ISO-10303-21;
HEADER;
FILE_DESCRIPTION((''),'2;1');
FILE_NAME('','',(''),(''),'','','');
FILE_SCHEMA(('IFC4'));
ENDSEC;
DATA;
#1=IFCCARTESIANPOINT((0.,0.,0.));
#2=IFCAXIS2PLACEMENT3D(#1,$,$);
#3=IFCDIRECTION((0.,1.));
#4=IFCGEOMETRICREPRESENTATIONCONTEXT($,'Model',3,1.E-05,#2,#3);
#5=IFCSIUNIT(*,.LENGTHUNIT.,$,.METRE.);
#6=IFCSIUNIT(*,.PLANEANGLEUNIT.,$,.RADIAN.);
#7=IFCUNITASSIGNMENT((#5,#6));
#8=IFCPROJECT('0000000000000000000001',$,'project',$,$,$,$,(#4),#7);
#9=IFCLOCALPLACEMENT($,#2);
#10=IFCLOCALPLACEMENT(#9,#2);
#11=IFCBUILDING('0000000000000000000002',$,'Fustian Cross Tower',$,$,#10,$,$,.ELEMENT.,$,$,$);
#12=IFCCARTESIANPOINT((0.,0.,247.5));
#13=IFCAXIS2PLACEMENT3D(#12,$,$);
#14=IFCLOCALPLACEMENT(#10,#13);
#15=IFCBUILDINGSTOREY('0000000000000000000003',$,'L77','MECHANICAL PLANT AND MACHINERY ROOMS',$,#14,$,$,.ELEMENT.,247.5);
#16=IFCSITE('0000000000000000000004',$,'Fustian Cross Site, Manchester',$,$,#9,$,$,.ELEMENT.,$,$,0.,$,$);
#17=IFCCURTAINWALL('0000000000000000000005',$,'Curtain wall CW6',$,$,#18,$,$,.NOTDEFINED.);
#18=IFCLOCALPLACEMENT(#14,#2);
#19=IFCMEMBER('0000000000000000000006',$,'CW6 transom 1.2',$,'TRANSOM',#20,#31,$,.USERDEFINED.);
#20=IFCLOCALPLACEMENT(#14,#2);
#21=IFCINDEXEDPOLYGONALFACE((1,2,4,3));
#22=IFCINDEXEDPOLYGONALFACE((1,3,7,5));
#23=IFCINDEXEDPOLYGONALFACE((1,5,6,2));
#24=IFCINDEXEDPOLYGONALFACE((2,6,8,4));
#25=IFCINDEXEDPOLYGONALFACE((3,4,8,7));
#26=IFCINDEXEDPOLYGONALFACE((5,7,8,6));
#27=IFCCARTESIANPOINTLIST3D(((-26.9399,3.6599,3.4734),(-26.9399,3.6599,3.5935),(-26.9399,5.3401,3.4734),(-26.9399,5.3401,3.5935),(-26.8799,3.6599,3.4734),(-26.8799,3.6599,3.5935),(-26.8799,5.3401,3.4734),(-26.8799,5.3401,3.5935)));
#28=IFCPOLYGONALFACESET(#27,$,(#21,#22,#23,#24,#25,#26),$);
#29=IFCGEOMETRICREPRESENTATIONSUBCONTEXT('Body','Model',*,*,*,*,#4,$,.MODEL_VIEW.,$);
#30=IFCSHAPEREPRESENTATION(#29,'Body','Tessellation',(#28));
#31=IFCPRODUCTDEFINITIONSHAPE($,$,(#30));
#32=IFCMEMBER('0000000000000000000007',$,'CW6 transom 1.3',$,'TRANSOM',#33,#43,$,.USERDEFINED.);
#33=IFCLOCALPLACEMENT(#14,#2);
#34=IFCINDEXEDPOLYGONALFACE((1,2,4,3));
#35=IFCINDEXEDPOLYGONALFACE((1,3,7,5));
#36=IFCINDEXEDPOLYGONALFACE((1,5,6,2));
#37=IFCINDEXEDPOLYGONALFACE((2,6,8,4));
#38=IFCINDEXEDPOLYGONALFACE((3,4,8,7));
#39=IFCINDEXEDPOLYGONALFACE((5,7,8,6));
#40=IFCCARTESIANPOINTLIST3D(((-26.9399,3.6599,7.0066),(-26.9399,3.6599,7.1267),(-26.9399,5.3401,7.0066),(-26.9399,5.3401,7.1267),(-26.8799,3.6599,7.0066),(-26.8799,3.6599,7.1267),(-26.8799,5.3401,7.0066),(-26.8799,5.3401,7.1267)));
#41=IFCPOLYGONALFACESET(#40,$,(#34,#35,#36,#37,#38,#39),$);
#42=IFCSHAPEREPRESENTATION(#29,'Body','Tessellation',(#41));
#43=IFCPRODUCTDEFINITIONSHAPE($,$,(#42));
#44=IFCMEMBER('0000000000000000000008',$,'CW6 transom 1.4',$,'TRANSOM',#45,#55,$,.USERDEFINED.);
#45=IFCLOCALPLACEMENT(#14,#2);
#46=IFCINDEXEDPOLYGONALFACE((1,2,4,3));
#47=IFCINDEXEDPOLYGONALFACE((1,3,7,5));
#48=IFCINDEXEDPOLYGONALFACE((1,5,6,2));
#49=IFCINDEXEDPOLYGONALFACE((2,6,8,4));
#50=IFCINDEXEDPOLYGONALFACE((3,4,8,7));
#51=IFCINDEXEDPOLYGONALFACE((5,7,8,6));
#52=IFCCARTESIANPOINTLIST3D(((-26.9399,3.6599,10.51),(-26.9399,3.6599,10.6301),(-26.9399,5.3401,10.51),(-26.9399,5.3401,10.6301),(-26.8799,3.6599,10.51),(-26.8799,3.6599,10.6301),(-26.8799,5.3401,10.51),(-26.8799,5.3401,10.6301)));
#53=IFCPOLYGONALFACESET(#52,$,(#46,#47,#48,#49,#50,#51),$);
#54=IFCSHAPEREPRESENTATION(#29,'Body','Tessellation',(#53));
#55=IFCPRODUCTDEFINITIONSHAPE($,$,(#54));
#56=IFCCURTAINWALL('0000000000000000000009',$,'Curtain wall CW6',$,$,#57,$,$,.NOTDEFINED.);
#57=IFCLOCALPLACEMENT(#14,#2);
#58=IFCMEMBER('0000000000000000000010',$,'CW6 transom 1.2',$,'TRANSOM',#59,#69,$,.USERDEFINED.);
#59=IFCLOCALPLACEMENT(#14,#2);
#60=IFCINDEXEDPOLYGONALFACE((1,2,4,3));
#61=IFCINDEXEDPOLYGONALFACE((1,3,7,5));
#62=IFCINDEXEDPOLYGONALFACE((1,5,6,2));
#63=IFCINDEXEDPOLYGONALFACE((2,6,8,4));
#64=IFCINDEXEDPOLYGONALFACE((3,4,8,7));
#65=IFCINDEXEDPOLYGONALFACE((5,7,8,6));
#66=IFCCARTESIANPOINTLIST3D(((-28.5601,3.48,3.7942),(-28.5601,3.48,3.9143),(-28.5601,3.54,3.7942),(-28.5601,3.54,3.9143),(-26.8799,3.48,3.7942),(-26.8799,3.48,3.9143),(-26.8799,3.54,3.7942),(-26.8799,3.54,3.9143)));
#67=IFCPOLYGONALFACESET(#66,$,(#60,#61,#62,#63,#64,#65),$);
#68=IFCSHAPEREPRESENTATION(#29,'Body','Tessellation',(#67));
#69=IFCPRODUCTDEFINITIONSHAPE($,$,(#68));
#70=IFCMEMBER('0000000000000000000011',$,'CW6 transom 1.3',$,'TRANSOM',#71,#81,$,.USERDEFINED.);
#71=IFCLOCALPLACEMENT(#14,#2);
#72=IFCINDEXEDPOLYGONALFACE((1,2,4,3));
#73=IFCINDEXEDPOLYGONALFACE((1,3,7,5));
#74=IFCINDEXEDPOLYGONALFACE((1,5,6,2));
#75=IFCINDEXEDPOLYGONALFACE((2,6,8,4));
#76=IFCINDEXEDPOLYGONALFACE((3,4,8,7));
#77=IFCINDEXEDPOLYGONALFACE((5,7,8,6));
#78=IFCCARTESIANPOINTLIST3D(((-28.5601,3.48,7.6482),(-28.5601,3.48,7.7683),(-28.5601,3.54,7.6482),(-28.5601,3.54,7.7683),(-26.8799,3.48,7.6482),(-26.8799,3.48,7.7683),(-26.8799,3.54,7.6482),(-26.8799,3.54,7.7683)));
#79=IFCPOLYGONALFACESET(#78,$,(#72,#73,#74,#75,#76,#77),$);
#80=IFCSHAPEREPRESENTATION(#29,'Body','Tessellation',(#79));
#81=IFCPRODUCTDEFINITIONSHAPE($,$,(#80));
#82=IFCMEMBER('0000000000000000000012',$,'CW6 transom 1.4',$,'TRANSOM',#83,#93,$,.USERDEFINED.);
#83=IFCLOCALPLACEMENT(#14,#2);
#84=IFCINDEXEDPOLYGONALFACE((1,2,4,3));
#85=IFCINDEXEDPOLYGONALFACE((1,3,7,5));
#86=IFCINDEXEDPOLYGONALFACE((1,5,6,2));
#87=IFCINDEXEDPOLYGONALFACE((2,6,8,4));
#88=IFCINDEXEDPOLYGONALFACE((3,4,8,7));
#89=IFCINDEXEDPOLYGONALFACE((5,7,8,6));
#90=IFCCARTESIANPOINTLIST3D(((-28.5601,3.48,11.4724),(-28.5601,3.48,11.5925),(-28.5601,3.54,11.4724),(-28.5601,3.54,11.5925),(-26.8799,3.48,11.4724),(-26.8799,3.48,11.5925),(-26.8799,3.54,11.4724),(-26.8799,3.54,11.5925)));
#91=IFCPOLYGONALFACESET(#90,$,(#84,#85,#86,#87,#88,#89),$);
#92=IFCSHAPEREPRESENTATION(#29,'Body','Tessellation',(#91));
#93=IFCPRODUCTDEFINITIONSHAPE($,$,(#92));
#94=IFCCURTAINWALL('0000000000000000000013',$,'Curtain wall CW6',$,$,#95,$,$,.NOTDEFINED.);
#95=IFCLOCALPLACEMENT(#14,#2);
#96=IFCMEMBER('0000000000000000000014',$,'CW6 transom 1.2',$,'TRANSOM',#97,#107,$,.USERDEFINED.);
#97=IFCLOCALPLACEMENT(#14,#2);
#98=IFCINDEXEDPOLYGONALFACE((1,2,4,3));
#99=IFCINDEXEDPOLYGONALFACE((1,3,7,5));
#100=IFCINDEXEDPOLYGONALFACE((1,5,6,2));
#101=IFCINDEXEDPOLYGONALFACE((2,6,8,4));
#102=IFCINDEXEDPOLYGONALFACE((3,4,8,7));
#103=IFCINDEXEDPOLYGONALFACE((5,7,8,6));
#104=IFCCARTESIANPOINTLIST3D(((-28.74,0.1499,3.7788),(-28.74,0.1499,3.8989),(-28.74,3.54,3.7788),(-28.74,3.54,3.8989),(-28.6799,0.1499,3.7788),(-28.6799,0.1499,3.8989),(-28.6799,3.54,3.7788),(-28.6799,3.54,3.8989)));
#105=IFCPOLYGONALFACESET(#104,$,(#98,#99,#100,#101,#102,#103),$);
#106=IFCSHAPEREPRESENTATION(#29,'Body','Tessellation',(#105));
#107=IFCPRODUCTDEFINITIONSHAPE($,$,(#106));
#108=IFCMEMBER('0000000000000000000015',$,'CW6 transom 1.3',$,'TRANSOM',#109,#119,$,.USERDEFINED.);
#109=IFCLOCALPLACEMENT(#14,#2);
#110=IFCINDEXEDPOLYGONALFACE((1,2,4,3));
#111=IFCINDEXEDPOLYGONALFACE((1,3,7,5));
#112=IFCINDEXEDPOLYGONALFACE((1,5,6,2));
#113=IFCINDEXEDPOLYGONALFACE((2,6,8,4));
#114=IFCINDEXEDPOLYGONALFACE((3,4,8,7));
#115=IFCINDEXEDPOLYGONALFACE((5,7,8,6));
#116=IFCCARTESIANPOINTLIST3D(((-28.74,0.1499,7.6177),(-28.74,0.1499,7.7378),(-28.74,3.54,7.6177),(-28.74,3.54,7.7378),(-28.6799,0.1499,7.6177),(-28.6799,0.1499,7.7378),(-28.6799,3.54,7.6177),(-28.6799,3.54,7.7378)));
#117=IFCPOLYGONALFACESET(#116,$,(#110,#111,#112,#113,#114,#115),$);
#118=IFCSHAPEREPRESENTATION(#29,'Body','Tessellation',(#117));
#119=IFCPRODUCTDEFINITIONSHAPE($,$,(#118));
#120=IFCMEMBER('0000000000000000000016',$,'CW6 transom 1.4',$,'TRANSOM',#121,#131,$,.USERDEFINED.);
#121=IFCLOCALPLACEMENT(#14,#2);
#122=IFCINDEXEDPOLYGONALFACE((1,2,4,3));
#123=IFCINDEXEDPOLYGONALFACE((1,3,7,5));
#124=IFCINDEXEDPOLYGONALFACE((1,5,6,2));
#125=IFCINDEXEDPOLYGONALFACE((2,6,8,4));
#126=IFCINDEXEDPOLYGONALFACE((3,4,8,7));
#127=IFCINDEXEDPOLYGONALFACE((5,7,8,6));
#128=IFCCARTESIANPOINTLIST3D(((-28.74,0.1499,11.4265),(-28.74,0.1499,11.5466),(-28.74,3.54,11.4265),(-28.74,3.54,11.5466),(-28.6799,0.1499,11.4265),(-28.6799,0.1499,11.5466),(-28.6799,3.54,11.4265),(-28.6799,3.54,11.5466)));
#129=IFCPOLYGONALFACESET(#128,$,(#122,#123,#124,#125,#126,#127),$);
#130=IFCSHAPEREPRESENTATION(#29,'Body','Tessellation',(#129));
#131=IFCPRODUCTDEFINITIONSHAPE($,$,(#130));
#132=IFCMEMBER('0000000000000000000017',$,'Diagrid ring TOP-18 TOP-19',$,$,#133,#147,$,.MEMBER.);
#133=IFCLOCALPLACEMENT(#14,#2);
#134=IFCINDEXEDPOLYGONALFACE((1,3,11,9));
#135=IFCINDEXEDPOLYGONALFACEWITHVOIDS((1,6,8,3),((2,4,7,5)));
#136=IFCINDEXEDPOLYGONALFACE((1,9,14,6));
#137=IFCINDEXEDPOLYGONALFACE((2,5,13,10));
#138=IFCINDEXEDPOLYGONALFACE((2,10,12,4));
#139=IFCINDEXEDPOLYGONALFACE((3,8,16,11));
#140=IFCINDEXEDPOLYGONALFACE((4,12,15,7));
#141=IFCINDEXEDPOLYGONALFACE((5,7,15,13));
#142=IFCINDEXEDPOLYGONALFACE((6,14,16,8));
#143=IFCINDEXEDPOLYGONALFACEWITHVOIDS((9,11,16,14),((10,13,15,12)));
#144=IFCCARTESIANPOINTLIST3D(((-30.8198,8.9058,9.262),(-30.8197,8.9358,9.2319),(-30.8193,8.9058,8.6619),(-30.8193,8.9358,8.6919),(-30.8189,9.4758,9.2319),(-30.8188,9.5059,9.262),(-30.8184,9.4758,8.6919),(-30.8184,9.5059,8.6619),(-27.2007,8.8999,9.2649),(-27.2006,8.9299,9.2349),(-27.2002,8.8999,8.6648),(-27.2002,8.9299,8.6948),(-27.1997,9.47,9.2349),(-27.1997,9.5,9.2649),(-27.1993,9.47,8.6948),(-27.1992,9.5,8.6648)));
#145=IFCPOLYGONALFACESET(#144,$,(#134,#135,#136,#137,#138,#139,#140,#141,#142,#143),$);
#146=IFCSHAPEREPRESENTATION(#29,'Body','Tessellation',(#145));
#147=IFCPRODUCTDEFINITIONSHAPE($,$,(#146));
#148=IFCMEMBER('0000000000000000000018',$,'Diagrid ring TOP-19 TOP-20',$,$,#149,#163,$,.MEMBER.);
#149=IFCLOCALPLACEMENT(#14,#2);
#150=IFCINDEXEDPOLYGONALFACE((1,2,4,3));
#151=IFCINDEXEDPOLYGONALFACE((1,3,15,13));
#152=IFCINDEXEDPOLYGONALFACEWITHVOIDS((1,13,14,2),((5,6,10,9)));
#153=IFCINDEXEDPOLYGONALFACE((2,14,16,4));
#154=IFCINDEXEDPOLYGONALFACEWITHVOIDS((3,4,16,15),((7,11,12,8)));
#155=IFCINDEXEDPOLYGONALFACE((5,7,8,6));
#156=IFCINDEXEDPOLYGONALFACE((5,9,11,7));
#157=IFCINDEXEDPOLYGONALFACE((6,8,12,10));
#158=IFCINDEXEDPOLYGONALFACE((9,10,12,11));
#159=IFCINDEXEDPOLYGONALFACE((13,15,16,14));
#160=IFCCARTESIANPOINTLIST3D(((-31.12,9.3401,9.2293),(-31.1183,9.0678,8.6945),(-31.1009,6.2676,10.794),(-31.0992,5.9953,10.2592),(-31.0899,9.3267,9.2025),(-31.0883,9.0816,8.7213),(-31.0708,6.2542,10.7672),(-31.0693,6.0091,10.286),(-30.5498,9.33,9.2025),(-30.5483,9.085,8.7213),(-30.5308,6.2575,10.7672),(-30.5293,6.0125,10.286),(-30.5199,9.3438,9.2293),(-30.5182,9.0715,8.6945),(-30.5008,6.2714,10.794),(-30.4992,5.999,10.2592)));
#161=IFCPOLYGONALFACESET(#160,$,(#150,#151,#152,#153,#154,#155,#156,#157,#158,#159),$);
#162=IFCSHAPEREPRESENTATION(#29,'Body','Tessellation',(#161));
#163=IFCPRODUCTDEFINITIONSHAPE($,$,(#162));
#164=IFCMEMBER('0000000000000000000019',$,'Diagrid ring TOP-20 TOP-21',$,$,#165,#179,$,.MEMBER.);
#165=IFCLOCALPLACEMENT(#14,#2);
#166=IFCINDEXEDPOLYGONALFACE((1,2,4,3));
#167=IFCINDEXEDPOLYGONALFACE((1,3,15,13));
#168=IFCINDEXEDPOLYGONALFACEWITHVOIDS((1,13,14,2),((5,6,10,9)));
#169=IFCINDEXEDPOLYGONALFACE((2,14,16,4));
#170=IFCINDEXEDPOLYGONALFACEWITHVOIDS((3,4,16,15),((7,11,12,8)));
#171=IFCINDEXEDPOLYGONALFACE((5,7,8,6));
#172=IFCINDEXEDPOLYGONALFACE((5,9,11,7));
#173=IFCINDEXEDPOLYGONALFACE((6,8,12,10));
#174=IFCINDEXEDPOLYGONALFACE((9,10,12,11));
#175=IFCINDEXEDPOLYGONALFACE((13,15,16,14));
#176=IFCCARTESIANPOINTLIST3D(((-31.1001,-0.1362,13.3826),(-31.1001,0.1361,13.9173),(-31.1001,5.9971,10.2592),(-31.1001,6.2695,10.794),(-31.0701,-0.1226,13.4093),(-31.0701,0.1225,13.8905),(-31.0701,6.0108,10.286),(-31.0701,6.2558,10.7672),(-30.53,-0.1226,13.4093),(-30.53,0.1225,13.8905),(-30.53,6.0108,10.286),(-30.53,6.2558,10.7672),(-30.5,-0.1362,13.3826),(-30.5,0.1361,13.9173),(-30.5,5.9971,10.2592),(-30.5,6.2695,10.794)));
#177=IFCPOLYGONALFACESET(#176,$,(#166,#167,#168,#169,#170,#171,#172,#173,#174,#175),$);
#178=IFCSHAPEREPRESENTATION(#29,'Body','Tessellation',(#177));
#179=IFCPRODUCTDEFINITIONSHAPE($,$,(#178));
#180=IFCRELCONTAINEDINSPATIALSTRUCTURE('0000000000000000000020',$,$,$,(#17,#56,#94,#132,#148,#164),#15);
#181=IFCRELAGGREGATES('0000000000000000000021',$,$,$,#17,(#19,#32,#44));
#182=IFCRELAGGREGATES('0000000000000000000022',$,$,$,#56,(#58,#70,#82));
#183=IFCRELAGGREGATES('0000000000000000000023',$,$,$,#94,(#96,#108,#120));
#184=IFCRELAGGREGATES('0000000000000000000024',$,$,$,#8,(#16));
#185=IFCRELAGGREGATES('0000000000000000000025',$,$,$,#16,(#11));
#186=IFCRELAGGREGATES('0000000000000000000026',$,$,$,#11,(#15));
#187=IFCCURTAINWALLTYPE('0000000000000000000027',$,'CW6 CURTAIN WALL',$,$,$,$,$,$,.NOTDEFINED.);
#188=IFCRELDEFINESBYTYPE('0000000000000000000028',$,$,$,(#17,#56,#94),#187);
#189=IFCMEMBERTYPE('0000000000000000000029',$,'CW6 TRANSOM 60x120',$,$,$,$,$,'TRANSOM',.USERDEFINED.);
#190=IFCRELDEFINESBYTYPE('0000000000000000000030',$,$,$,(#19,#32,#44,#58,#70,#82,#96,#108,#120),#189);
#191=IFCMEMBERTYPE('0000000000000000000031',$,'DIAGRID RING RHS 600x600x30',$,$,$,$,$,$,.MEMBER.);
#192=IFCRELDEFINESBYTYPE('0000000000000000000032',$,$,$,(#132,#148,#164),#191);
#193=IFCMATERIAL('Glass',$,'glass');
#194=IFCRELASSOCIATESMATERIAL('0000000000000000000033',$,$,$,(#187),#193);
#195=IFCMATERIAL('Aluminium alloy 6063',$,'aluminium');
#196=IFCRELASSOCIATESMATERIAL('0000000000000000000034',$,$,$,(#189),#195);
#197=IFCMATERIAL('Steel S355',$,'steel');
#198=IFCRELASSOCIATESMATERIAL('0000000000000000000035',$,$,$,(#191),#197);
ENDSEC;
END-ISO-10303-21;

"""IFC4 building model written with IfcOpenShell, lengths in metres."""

from ifc_helpers import new_model, si_unit, direction, frame, origin, origin_2d, place, context, subcontext, project, spatial, rectangle, hollow_rectangle, extrude, material, material_profile, profile_set, type_object, element, aggregate, save


model = new_model("IFC4")

# Units and contexts
model_context = context("Model", 3, precision=1e-05, world=origin(), true_north=direction((0.0, 1.0)))
body_context = subcontext(model_context, "Body", "Model", "MODEL_VIEW")
ifc_project = project(units=[si_unit("LENGTHUNIT", "METRE"), si_unit("PLANEANGLEUNIT", "RADIAN")], contexts=[model_context])

# Site, building, storey
site_placement = place(None, origin())
site = spatial("IfcSite", under=ifc_project, at=site_placement, Name="Fustian Cross Site, Manchester", CompositionType="ELEMENT", RefElevation=0.0)
building_placement = place(site_placement, origin())
building = spatial("IfcBuilding", under=site, at=building_placement, Name="Fustian Cross Tower", CompositionType="ELEMENT")
storey_placement = place(building_placement, frame((0.0, 0.0, 247.5)))
storey = spatial("IfcBuildingStorey", under=building, at=storey_placement, Name="L77", Description="MECHANICAL PLANT AND MACHINERY ROOMS", CompositionType="ELEMENT", Elevation=247.5)

# Curtain walls, members
ifc_material_1 = material(Name="Glass", Category="glass")
curtain_wall_type = type_object("IfcCurtainWallType", Name="CW6 CURTAIN WALL", PredefinedType="NOTDEFINED", material=ifc_material_1)
curtain_wall_1_placement = place(storey_placement, origin())
curtain_wall_1 = element("IfcCurtainWall", 1, at=curtain_wall_1_placement, inside=storey, type_object=curtain_wall_type, Name="Curtain wall CW6", PredefinedType="NOTDEFINED")
ifc_material_2 = material(Name="Aluminium alloy 6063", Category="aluminium")
ifc_material_profile_1 = material_profile(ifc_material_2, rectangle(XDim=0.0601, YDim=0.1201, at=origin_2d()), Name="CW6 TRANSOM 60x120")
ifc_profile_set_1 = profile_set([ifc_material_profile_1], Name="Aluminium alloy 6063")
member_type_1 = type_object("IfcMemberType", Name="CW6 TRANSOM 60x120", ElementType="TRANSOM", PredefinedType="USERDEFINED", material=ifc_profile_set_1)
member_1_placement = place(storey_placement, frame((-26.9099, 5.3401, 3.5334), z_axis=(0.0, -1.0, 0.0), x_axis=(1.0, 0.0, 0.0)))
member_1 = element("IfcMember", 2, at=member_1_placement, type_object=member_type_1, Name="CW6 transom 1.2", ObjectType="TRANSOM", PredefinedType="USERDEFINED", context=body_context, shape_type="SweptSolid", body=[
    extrude(rectangle(XDim=0.0601, YDim=0.1201, at=origin_2d()), origin(), (0.0, 0.0, 1.0), 1.6802),
])
member_2_placement = place(storey_placement, frame((-26.9099, 5.3401, 7.0667), z_axis=(0.0, -1.0, 0.0), x_axis=(1.0, 0.0, 0.0)))
member_2 = element("IfcMember", 3, at=member_2_placement, type_object=member_type_1, Name="CW6 transom 1.3", ObjectType="TRANSOM", PredefinedType="USERDEFINED", context=body_context, shape_type="SweptSolid", body=[
    extrude(rectangle(XDim=0.0601, YDim=0.1201, at=origin_2d()), origin(), (0.0, 0.0, 1.0), 1.6802),
])
member_3_placement = place(storey_placement, frame((-26.9099, 5.3401, 10.5701), z_axis=(0.0, -1.0, 0.0), x_axis=(1.0, 0.0, 0.0)))
member_3 = element("IfcMember", 4, at=member_3_placement, type_object=member_type_1, Name="CW6 transom 1.4", ObjectType="TRANSOM", PredefinedType="USERDEFINED", context=body_context, shape_type="SweptSolid", body=[
    extrude(rectangle(XDim=0.0601, YDim=0.1201, at=origin_2d()), origin(), (0.0, 0.0, 1.0), 1.6802),
])
curtain_wall_2_placement = place(storey_placement, origin())
curtain_wall_2 = element("IfcCurtainWall", 5, at=curtain_wall_2_placement, inside=storey, type_object=curtain_wall_type, Name="Curtain wall CW6", PredefinedType="NOTDEFINED")
member_4_placement = place(storey_placement, frame((-26.8799, 3.51, 3.8542), z_axis=(-1.0, 0.0, 0.0), x_axis=(0.0, -1.0, 0.0)))
member_4 = element("IfcMember", 6, at=member_4_placement, type_object=member_type_1, Name="CW6 transom 1.2", ObjectType="TRANSOM", PredefinedType="USERDEFINED", context=body_context, shape_type="SweptSolid", body=[
    extrude(rectangle(XDim=0.0601, YDim=0.1201, at=origin_2d()), origin(), (0.0, 0.0, 1.0), 1.6802),
])
member_5_placement = place(storey_placement, frame((-26.8799, 3.51, 7.7083), z_axis=(-1.0, 0.0, 0.0), x_axis=(0.0, -1.0, 0.0)))
member_5 = element("IfcMember", 7, at=member_5_placement, type_object=member_type_1, Name="CW6 transom 1.3", ObjectType="TRANSOM", PredefinedType="USERDEFINED", context=body_context, shape_type="SweptSolid", body=[
    extrude(rectangle(XDim=0.0601, YDim=0.1201, at=origin_2d()), origin(), (0.0, 0.0, 1.0), 1.6802),
])
member_6_placement = place(storey_placement, frame((-26.8799, 3.51, 11.5325), z_axis=(-1.0, 0.0, 0.0), x_axis=(0.0, -1.0, 0.0)))
member_6 = element("IfcMember", 8, at=member_6_placement, type_object=member_type_1, Name="CW6 transom 1.4", ObjectType="TRANSOM", PredefinedType="USERDEFINED", context=body_context, shape_type="SweptSolid", body=[
    extrude(rectangle(XDim=0.0601, YDim=0.1201, at=origin_2d()), origin(), (0.0, 0.0, 1.0), 1.6802),
])
curtain_wall_3_placement = place(storey_placement, origin())
curtain_wall_3 = element("IfcCurtainWall", 9, at=curtain_wall_3_placement, inside=storey, type_object=curtain_wall_type, Name="Curtain wall CW6", PredefinedType="NOTDEFINED")
member_7_placement = place(storey_placement, frame((-28.71, 3.54, 3.8389), z_axis=(0.0, -1.0, 0.0), x_axis=(1.0, 0.0, 0.0)))
member_7 = element("IfcMember", 10, at=member_7_placement, type_object=member_type_1, Name="CW6 transom 1.2", ObjectType="TRANSOM", PredefinedType="USERDEFINED", context=body_context, shape_type="SweptSolid", body=[
    extrude(rectangle(XDim=0.0601, YDim=0.1201, at=origin_2d()), origin(), (0.0, 0.0, 1.0), 3.3901),
])
member_8_placement = place(storey_placement, frame((-28.71, 3.54, 7.6777), z_axis=(0.0, -1.0, 0.0), x_axis=(1.0, 0.0, 0.0)))
member_8 = element("IfcMember", 11, at=member_8_placement, type_object=member_type_1, Name="CW6 transom 1.3", ObjectType="TRANSOM", PredefinedType="USERDEFINED", context=body_context, shape_type="SweptSolid", body=[
    extrude(rectangle(XDim=0.0601, YDim=0.1201, at=origin_2d()), origin(), (0.0, 0.0, 1.0), 3.3901),
])
member_9_placement = place(storey_placement, frame((-28.71, 3.54, 11.4866), z_axis=(0.0, -1.0, 0.0), x_axis=(1.0, 0.0, 0.0)))
member_9 = element("IfcMember", 12, at=member_9_placement, type_object=member_type_1, Name="CW6 transom 1.4", ObjectType="TRANSOM", PredefinedType="USERDEFINED", context=body_context, shape_type="SweptSolid", body=[
    extrude(rectangle(XDim=0.0601, YDim=0.1201, at=origin_2d()), origin(), (0.0, 0.0, 1.0), 3.3901),
])

# Members
ifc_material_3 = material(Name="Steel S355", Category="steel")
ifc_material_profile_2 = material_profile(ifc_material_3, hollow_rectangle(XDim=0.6001, YDim=0.6001, WallThickness=0.03, at=origin_2d()), Name="RHS 600x600x30")
ifc_profile_set_2 = profile_set([ifc_material_profile_2], Name="Steel S355")
member_type_2 = type_object("IfcMemberType", Name="DIAGRID RING RHS 600x600x30", PredefinedType="MEMBER", material=ifc_profile_set_2)
member_10_placement = place(storey_placement, frame((-27.2, 9.2, 8.9648), z_axis=(-0.999998, 0.001619, -0.000809), x_axis=(-0.001619, -0.999999, 0.0)))
element("IfcMember", 13, at=member_10_placement, inside=storey, type_object=member_type_2, Name="Diagrid ring TOP-18 TOP-19", PredefinedType="MEMBER", context=body_context, shape_type="SweptSolid", body=[
    extrude(hollow_rectangle(XDim=0.6001, YDim=0.6001, WallThickness=0.03, at=origin_2d()), origin(), (0.0, 0.0, 1.0), 3.6191),
])
member_11_placement = place(storey_placement, frame((-30.8191, 9.2058, 8.9619), z_axis=(0.005523, -0.89109, 0.453794), x_axis=(0.999981, 0.006198, 0.0)))
element("IfcMember", 14, at=member_11_placement, inside=storey, type_object=member_type_2, Name="Diagrid ring TOP-19 TOP-20", PredefinedType="MEMBER", context=body_context, shape_type="SweptSolid", body=[
    extrude(hollow_rectangle(XDim=0.6001, YDim=0.6001, WallThickness=0.03, at=origin_2d()), origin(), (0.0, 0.0, 1.0), 3.448),
])
member_12_placement = place(storey_placement, frame((-30.8, 6.1333, 10.5266), z_axis=(0.0, -0.891111, 0.453785), x_axis=(1.0, 0.0, 0.0)))
element("IfcMember", 15, at=member_12_placement, inside=storey, type_object=member_type_2, Name="Diagrid ring TOP-20 TOP-21", PredefinedType="MEMBER", context=body_context, shape_type="SweptSolid", body=[
    extrude(hollow_rectangle(XDim=0.6001, YDim=0.6001, WallThickness=0.03, at=origin_2d()), origin(), (0.0, 0.0, 1.0), 6.8828),
])

aggregate(curtain_wall_1, [member_1, member_2, member_3])
aggregate(curtain_wall_2, [member_4, member_5, member_6])
aggregate(curtain_wall_3, [member_7, member_8, member_9])

save(model, "model.ifc")
